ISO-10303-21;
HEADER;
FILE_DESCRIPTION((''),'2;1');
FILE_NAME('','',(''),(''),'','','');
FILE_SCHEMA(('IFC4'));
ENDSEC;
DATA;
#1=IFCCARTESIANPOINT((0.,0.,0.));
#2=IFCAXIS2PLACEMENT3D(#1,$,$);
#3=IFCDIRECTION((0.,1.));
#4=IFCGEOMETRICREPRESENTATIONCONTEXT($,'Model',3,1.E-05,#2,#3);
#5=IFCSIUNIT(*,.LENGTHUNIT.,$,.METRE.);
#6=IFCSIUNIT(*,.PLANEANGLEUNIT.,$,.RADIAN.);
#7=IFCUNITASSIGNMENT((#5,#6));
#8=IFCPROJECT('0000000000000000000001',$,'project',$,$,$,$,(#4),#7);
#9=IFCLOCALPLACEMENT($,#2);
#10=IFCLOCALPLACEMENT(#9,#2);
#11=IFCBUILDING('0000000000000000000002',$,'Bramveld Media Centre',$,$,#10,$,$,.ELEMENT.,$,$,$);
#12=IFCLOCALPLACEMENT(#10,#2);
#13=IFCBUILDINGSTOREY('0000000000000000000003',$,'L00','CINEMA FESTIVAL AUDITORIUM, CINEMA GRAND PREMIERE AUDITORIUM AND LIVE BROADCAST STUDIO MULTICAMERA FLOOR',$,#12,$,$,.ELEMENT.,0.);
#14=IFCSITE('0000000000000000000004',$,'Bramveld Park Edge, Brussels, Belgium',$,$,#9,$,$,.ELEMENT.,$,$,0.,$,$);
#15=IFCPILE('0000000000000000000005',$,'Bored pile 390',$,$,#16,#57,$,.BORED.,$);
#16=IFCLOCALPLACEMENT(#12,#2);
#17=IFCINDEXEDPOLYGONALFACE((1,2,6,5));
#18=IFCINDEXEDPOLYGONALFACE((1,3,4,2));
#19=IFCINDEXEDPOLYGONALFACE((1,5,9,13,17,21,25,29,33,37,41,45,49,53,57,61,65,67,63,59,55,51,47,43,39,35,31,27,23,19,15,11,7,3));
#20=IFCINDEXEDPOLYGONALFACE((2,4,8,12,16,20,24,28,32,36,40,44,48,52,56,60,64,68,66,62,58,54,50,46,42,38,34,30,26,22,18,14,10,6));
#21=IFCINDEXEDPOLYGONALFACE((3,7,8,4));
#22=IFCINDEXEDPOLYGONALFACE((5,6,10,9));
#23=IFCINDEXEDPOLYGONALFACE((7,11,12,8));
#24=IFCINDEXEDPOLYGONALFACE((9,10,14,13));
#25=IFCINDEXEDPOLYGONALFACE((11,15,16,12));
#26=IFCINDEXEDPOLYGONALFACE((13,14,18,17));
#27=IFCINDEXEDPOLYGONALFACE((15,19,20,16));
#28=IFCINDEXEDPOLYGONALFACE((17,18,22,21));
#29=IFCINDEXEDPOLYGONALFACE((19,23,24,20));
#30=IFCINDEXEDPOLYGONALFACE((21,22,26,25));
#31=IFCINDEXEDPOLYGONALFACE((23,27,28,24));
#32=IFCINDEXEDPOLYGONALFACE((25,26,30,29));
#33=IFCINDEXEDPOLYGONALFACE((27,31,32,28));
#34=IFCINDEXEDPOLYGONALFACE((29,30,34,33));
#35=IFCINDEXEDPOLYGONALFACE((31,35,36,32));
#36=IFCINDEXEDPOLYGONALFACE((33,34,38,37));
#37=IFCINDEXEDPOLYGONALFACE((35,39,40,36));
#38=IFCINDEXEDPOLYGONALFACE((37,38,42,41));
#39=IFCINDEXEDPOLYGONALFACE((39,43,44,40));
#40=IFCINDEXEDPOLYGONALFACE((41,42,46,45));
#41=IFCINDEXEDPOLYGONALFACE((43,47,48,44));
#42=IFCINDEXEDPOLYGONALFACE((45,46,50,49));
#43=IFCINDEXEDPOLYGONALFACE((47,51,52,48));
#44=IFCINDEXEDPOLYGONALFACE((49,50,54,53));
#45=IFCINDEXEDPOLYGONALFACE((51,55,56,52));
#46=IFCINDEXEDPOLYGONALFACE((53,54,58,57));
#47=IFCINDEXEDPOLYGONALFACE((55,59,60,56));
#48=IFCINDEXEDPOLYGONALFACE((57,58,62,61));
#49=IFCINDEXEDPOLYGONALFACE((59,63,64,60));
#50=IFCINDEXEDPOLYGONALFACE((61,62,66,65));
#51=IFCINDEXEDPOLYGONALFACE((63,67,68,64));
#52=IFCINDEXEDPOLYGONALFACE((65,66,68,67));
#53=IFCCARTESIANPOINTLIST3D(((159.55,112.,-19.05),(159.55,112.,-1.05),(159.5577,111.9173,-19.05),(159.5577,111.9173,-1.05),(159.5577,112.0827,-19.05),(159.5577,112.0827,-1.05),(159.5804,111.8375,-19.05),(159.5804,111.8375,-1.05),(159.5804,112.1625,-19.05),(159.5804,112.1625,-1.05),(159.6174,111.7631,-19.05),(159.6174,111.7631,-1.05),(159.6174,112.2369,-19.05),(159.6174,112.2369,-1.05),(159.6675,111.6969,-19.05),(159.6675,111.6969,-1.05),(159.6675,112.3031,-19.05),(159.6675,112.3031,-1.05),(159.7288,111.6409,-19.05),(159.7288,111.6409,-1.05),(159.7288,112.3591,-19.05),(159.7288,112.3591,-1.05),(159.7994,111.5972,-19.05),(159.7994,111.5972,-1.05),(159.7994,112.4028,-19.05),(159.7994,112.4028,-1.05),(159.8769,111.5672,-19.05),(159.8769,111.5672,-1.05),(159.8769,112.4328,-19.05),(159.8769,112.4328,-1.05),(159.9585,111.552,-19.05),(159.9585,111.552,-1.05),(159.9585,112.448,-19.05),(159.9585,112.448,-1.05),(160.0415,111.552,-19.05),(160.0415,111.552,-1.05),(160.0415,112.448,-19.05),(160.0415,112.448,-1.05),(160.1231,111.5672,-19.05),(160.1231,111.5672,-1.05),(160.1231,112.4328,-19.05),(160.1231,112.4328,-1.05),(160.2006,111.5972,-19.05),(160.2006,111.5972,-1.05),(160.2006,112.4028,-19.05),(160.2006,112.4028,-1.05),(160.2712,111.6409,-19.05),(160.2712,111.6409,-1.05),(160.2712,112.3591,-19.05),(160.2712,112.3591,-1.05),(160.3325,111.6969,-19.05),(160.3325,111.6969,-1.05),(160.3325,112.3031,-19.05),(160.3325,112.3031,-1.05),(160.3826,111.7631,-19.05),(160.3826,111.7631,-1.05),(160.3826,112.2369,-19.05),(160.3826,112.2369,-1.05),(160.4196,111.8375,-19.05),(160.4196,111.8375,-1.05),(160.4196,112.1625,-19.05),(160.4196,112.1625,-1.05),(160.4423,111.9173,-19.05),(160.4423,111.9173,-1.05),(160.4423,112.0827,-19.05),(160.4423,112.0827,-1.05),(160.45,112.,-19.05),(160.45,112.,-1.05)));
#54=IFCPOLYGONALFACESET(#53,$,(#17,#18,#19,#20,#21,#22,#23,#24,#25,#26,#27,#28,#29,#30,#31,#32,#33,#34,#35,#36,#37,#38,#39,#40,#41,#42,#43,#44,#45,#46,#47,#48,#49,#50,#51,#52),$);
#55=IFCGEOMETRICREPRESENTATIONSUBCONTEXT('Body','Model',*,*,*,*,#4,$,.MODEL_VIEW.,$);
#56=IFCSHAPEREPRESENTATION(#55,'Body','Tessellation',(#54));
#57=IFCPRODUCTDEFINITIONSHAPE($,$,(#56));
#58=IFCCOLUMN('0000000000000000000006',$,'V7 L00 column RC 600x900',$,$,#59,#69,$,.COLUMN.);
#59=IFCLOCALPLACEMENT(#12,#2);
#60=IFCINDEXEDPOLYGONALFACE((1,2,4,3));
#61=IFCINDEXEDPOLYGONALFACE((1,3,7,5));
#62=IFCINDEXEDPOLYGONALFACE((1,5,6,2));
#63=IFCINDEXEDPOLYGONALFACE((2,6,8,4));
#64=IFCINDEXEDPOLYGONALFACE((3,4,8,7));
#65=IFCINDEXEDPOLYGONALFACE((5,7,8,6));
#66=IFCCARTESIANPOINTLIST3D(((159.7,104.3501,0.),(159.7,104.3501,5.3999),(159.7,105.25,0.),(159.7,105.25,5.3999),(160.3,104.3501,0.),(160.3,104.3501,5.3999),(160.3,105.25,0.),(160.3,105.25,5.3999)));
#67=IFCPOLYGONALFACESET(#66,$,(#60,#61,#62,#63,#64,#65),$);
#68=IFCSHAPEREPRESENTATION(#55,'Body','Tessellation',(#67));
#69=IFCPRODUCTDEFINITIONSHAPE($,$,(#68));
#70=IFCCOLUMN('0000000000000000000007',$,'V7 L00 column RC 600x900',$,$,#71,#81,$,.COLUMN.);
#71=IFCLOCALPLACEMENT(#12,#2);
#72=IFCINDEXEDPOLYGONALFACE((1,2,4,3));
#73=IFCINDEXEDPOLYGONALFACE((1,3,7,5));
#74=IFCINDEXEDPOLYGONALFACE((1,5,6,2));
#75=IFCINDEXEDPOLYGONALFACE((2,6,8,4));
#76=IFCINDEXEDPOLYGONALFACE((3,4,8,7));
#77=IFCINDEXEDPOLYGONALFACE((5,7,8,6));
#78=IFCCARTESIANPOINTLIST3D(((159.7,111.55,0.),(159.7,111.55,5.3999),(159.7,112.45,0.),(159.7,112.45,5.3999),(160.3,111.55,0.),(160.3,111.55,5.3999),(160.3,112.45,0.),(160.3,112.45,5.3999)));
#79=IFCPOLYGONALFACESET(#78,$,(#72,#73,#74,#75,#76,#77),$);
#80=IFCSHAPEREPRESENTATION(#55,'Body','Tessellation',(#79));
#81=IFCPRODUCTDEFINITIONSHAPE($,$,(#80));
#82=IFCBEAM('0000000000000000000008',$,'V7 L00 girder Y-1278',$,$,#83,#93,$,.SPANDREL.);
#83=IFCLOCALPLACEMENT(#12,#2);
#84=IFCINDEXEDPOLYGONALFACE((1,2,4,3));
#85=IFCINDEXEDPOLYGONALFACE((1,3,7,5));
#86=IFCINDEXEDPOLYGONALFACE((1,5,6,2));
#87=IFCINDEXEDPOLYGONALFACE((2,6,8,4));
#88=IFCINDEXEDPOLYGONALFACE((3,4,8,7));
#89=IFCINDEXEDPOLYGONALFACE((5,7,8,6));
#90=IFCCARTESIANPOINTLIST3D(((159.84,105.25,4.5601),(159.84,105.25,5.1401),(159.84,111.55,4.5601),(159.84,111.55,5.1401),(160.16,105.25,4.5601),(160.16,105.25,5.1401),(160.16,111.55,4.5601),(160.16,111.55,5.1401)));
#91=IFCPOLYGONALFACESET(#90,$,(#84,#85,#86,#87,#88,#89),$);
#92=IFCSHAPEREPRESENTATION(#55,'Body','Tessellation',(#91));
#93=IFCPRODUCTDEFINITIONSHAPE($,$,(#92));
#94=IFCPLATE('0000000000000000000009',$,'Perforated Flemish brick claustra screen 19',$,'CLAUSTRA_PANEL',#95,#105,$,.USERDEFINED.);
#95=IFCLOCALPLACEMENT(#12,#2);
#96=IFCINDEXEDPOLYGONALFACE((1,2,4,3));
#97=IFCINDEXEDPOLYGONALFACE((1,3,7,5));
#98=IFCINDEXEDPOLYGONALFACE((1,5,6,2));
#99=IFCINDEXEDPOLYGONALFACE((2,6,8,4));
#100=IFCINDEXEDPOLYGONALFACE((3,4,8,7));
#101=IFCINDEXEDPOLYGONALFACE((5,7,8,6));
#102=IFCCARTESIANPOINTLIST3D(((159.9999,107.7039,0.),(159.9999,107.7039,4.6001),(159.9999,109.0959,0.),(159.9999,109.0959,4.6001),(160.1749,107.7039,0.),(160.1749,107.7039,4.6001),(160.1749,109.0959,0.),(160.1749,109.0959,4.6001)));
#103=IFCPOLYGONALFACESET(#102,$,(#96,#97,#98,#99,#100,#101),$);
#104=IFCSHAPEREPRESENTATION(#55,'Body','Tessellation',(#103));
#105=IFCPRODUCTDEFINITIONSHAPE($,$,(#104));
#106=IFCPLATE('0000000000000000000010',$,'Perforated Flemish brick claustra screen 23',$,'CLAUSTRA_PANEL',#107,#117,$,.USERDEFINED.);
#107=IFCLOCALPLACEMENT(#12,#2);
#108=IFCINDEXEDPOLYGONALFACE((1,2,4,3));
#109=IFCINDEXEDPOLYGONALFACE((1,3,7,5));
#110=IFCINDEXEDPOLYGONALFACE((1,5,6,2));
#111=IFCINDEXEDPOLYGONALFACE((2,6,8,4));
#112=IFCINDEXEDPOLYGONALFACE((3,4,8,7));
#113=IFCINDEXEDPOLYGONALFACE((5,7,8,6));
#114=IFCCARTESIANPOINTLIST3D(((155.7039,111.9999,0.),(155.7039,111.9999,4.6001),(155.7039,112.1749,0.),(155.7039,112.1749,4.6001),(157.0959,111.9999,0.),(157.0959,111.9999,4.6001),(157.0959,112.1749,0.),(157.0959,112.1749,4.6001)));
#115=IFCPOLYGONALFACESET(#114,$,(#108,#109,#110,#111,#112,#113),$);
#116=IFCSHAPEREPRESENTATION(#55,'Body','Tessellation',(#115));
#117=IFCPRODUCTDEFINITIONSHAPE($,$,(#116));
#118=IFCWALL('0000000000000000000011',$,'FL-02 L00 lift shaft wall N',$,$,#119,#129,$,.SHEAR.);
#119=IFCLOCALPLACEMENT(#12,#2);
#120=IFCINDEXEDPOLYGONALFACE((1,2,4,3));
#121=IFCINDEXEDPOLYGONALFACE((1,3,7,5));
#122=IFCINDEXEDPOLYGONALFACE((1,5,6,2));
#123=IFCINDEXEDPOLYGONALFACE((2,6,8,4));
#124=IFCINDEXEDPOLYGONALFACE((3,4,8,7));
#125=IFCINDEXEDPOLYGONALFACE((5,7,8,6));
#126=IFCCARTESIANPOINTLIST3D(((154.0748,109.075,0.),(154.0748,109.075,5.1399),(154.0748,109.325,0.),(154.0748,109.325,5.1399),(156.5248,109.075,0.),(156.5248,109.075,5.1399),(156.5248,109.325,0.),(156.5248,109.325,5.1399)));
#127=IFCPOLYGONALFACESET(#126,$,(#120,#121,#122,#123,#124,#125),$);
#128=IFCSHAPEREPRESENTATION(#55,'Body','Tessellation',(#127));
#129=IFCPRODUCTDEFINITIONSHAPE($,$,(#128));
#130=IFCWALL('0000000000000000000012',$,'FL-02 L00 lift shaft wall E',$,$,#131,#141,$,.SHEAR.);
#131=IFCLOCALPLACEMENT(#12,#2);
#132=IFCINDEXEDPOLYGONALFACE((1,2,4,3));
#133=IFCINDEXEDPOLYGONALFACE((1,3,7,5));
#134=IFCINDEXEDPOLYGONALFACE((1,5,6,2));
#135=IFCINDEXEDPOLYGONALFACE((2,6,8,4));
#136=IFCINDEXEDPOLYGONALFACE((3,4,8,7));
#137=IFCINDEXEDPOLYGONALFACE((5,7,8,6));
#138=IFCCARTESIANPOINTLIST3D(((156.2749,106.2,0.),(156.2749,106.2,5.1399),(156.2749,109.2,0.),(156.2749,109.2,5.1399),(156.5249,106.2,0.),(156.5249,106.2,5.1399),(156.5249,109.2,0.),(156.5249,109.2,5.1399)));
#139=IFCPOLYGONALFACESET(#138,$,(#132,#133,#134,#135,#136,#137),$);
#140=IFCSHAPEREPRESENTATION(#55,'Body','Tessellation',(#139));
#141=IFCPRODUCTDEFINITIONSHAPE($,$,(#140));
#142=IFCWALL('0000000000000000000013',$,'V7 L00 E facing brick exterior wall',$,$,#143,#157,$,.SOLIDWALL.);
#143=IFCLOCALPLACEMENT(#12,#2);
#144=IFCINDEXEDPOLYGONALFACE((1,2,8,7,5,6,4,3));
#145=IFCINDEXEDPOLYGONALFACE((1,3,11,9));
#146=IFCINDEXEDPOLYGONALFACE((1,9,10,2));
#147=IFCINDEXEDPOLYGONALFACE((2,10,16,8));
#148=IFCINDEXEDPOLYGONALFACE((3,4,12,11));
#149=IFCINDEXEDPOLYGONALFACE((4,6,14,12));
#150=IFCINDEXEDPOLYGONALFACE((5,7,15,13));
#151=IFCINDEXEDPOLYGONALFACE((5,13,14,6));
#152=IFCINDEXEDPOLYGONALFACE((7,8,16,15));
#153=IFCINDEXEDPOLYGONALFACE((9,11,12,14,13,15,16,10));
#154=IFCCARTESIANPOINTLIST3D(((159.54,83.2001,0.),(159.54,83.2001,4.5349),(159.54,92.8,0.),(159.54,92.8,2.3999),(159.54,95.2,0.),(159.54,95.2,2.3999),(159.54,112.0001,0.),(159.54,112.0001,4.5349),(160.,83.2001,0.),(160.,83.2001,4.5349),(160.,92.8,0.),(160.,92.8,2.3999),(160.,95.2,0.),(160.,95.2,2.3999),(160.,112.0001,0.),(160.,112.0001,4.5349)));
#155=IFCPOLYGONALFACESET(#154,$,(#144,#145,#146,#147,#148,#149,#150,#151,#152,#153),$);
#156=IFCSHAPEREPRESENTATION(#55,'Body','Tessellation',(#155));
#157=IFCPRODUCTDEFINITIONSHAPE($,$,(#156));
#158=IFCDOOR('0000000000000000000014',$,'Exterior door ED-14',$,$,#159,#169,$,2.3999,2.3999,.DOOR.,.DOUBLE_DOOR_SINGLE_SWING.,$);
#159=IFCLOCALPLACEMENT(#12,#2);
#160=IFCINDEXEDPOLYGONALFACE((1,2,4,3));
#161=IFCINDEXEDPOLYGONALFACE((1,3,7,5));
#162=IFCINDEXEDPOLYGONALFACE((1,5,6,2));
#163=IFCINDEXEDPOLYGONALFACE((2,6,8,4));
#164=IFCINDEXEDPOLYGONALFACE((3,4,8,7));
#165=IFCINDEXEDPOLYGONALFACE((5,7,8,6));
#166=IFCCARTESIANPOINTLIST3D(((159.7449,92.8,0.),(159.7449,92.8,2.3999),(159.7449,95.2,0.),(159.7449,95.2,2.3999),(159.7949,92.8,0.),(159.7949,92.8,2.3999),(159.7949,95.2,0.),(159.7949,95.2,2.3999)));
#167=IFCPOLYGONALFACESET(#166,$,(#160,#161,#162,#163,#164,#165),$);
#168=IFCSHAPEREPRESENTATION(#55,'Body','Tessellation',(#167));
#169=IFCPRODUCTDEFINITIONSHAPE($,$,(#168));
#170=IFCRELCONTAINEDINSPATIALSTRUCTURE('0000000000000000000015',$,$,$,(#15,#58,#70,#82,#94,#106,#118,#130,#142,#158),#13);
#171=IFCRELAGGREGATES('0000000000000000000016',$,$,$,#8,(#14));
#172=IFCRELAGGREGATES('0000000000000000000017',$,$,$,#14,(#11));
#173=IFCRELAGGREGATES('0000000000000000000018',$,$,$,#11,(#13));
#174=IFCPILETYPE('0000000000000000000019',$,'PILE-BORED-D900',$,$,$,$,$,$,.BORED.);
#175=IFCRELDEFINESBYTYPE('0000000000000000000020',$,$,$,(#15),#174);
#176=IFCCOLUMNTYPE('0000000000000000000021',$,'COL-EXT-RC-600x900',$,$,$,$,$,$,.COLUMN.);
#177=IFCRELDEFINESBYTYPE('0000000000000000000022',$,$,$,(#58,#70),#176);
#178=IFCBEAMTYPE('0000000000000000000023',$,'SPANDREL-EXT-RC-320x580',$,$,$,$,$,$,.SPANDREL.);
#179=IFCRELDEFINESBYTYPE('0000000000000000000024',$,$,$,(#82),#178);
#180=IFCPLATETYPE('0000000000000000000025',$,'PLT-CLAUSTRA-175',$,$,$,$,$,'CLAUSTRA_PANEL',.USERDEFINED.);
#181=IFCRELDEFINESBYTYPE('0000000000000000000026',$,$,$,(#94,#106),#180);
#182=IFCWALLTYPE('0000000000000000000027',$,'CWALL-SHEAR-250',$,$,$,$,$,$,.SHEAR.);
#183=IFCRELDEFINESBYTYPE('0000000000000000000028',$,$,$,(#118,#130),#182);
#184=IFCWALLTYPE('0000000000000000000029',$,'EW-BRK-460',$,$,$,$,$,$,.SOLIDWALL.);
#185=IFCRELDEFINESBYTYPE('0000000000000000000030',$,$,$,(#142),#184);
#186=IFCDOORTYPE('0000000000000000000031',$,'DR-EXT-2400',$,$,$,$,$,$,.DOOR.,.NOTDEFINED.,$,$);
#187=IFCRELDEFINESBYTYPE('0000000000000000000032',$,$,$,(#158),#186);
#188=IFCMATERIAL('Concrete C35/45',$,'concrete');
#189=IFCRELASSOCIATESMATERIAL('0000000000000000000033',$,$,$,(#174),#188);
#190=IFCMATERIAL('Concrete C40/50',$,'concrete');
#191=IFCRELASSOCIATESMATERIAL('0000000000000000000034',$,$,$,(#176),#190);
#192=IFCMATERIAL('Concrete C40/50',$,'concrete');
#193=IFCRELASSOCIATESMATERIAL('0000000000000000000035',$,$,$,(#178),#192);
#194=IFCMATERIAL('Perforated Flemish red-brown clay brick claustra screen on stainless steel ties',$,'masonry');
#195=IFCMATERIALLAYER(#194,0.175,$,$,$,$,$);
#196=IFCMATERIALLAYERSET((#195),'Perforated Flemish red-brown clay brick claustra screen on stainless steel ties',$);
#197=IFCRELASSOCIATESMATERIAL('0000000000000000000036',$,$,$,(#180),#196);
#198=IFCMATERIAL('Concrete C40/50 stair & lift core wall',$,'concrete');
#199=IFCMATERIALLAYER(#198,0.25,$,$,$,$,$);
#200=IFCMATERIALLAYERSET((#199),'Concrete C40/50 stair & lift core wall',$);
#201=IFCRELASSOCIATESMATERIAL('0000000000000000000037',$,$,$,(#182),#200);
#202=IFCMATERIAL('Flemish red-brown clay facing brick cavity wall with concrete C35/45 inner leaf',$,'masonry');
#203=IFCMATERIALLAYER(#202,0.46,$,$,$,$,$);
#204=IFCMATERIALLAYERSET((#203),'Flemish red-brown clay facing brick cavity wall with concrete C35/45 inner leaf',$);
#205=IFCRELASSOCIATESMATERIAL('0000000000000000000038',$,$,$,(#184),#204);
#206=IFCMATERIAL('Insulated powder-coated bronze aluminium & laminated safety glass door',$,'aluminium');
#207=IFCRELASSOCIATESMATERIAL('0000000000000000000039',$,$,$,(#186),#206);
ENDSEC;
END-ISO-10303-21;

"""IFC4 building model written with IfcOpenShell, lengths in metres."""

from ifc_helpers import new_model, si_unit, direction, frame, frame_2d, origin, origin_2d, place, context, subcontext, project, spatial, rectangle, circle, extrude, material, layer, layer_set, material_profile, profile_set, type_object, element, fill, save


model = new_model("IFC4")

# Units and contexts
model_context = context("Model", 3, precision=1e-05, world=origin(), true_north=direction((0.0, 1.0)))
body_context = subcontext(model_context, "Body", "Model", "MODEL_VIEW")
ifc_project = project(units=[si_unit("LENGTHUNIT", "METRE"), si_unit("PLANEANGLEUNIT", "RADIAN")], contexts=[model_context])

# Site, building, storey
site_placement = place(None, origin())
site = spatial("IfcSite", under=ifc_project, at=site_placement, Name="Bramveld Park Edge, Brussels, Belgium", CompositionType="ELEMENT", RefElevation=0.0)
building_placement = place(site_placement, origin())
building = spatial("IfcBuilding", under=site, at=building_placement, Name="Bramveld Media Centre", CompositionType="ELEMENT")
storey_placement = place(building_placement, origin())
storey = spatial("IfcBuildingStorey", under=building, at=storey_placement, Name="L00", Description="CINEMA FESTIVAL AUDITORIUM, CINEMA GRAND PREMIERE AUDITORIUM AND LIVE BROADCAST STUDIO MULTICAMERA FLOOR", CompositionType="ELEMENT", Elevation=0.0)

# Pile
ifc_material_1 = material(Name="Concrete C35/45", Category="concrete")
ifc_material_profile_1 = material_profile(ifc_material_1, circle(Radius=0.45, at=origin_2d()), Name="BORED D900")
ifc_profile_set_1 = profile_set([ifc_material_profile_1], Name="Concrete C35/45")
pile_type_1 = type_object("IfcPileType", Name="PILE-BORED-D900", PredefinedType="BORED", material=ifc_profile_set_1)
for number, where, z_axis, x_axis, name in (
    (1, (160.0, 112.0, -1.05), (0.0, 0.0, -1.0), (1.0, 0.0, 0.0), "Bored pile 390"),
):
    element("IfcPile", number, at=place(storey_placement, frame(where, z_axis=z_axis, x_axis=x_axis)), inside=storey, type_object=pile_type_1, Name=name, PredefinedType="BORED", context=body_context, shape_type="SweptSolid", body=[
        extrude(circle(Radius=0.45, at=origin_2d()), origin(), (0.0, 0.0, 1.0), 18.0),
    ])

# Columns
ifc_material_2 = material(Name="Concrete C40/50", Category="concrete")
ifc_material_profile_2 = material_profile(ifc_material_2, rectangle(XDim=0.6001, YDim=0.8999, at=origin_2d()), Name="RC 600x900")
ifc_profile_set_2 = profile_set([ifc_material_profile_2], Name="Concrete C40/50")
column_type = type_object("IfcColumnType", Name="COL-EXT-RC-600x900", PredefinedType="COLUMN", material=ifc_profile_set_2)
for number, where, z_axis, x_axis, name in (
    (2, (160.0, 104.8, 0.0), (0.0, 0.0, 1.0), (1.0, 0.0, 0.0), "V7 L00 column RC 600x900"),
    (3, (160.0, 112.0, 0.0), (0.0, 0.0, 1.0), (1.0, 0.0, 0.0), "V7 L00 column RC 600x900"),
):
    element("IfcColumn", number, at=place(storey_placement, frame(where, z_axis=z_axis, x_axis=x_axis)), inside=storey, type_object=column_type, Name=name, PredefinedType="COLUMN", context=body_context, shape_type="SweptSolid", body=[
        extrude(rectangle(XDim=0.6001, YDim=0.8999, at=origin_2d()), origin(), (0.0, 0.0, 1.0), 5.3999),
    ])

# Beam
ifc_material_3 = material(Name="Concrete C40/50", Category="concrete")
ifc_material_profile_3 = material_profile(ifc_material_3, rectangle(XDim=0.3201, YDim=0.5801, at=origin_2d()), Name="RC 320x580")
ifc_profile_set_3 = profile_set([ifc_material_profile_3], Name="Concrete C40/50")
beam_type = type_object("IfcBeamType", Name="SPANDREL-EXT-RC-320x580", PredefinedType="SPANDREL", material=ifc_profile_set_3)
beam_placement = place(storey_placement, frame((160.0, 105.25, 4.8501), z_axis=(0.0, 1.0, 0.0), x_axis=(-1.0, 0.0, 0.0)))
element("IfcBeam", 4, at=beam_placement, inside=storey, type_object=beam_type, Name="V7 L00 girder Y-1278", PredefinedType="SPANDREL", context=body_context, shape_type="SweptSolid", body=[
    extrude(rectangle(XDim=0.3201, YDim=0.5801, at=origin_2d()), origin(), (0.0, 0.0, 1.0), 6.3),
])

# Plates
ifc_material_4 = material(Name="Perforated Flemish red-brown clay brick claustra screen on stainless steel ties", Category="masonry")
ifc_layer_1 = layer(ifc_material_4, 0.175)
ifc_layer_set_1 = layer_set([ifc_layer_1], Name="Perforated Flemish red-brown clay brick claustra screen on stainless steel ties")
plate_type = type_object("IfcPlateType", Name="PLT-CLAUSTRA-175", ElementType="CLAUSTRA_PANEL", PredefinedType="USERDEFINED", material=ifc_layer_set_1)
for number, where, z_axis, x_axis, name in (
    (5, (160.0874, 108.3999, 0.0), (0.0, 0.0, 1.0), (0.0, 1.0, 0.0), "Perforated Flemish brick claustra screen 19"),
    (6, (156.3999, 112.0874, 0.0), (0.0, 0.0, 1.0), (1.0, 0.0, 0.0), "Perforated Flemish brick claustra screen 23"),
):
    element("IfcPlate", number, at=place(storey_placement, frame(where, z_axis=z_axis, x_axis=x_axis)), inside=storey, type_object=plate_type, Name=name, ObjectType="CLAUSTRA_PANEL", PredefinedType="USERDEFINED", context=body_context, shape_type="SweptSolid", body=[
        extrude(rectangle(XDim=1.3921, YDim=0.175, at=origin_2d()), origin(), (0.0, 0.0, 1.0), 4.6001),
    ])

# Walls
ifc_material_5 = material(Name="Concrete C40/50 stair & lift core wall", Category="concrete")
ifc_layer_2 = layer(ifc_material_5, 0.25)
ifc_layer_set_2 = layer_set([ifc_layer_2], Name="Concrete C40/50 stair & lift core wall")
wall_type_1 = type_object("IfcWallType", Name="CWALL-SHEAR-250", PredefinedType="SHEAR", material=ifc_layer_set_2)
wall_1_placement = place(storey_placement, frame((156.5249, 109.2, 0.0), z_axis=(0.0, 0.0, 1.0), x_axis=(-1.0, 0.0, 0.0)))
element("IfcWall", 7, at=wall_1_placement, inside=storey, type_object=wall_type_1, Name="FL-02 L00 lift shaft wall N", PredefinedType="SHEAR", context=body_context, shape_type="SweptSolid", body=[
    extrude(rectangle(XDim=2.45, YDim=0.25, at=frame_2d((1.2251, 0.0))), origin(), (0.0, 0.0, 1.0), 5.1399),
])
wall_2_placement = place(storey_placement, frame((156.3999, 106.2, 0.0), z_axis=(0.0, 0.0, 1.0), x_axis=(0.0, 1.0, 0.0)))
element("IfcWall", 8, at=wall_2_placement, inside=storey, type_object=wall_type_1, Name="FL-02 L00 lift shaft wall E", PredefinedType="SHEAR", context=body_context, shape_type="SweptSolid", body=[
    extrude(rectangle(XDim=3.0, YDim=0.25, at=frame_2d((1.5, 0.0))), origin(), (0.0, 0.0, 1.0), 5.1399),
])

# Wall, opening, door
ifc_material_6 = material(Name="Flemish red-brown clay facing brick cavity wall with concrete C35/45 inner leaf", Category="masonry")
ifc_layer_3 = layer(ifc_material_6, 0.46)
ifc_layer_set_3 = layer_set([ifc_layer_3], Name="Flemish red-brown clay facing brick cavity wall with concrete C35/45 inner leaf")
wall_type_2 = type_object("IfcWallType", Name="EW-BRK-460", PredefinedType="SOLIDWALL", material=ifc_layer_set_3)
wall_3_placement = place(storey_placement, frame((159.77, 112.0, 0.0), z_axis=(0.0, 0.0, 1.0), x_axis=(0.0, -1.0, 0.0)))
wall_3 = element("IfcWall", 9, at=wall_3_placement, inside=storey, type_object=wall_type_2, Name="V7 L00 E facing brick exterior wall", PredefinedType="SOLIDWALL", context=body_context, shape_type="SweptSolid", body=[
    extrude(rectangle(XDim=28.8, YDim=0.46, at=frame_2d((14.3999, 0.0))), origin(), (0.0, 0.0, 1.0), 4.5349),
])
opening_placement = place(wall_3_placement, frame((16.8, 0.0, 0.0)))
opening = element("IfcOpeningElement", 10, at=opening_placement, cuts=wall_3, PredefinedType="OPENING", context=body_context, shape_type="SweptSolid", body=[
    extrude(rectangle(XDim=2.3999, YDim=2.3999, at=frame_2d((1.2, 1.2))), frame((0.0, 0.2419, 0.0), z_axis=(0.0, -1.0, 0.0), x_axis=(1.0, 0.0, 0.0)), (0.0, 0.0, 1.0), 0.4839),
])
ifc_material_7 = material(Name="Insulated powder-coated bronze aluminium & laminated safety glass door", Category="aluminium")
door_type = type_object("IfcDoorType", Name="DR-EXT-2400", OperationType="NOTDEFINED", PredefinedType="DOOR", material=ifc_material_7)
door_placement = place(opening_placement, origin())
door = element("IfcDoor", 11, at=door_placement, inside=storey, type_object=door_type, Name="Exterior door ED-14", OperationType="DOUBLE_DOOR_SINGLE_SWING", OverallHeight=2.3999, OverallWidth=2.3999, PredefinedType="DOOR", context=body_context, shape_type="SweptSolid", body=[
    extrude(rectangle(XDim=2.3999, YDim=2.3999, at=frame_2d((1.2, 1.2))), frame((0.0, 0.0249, 0.0), z_axis=(0.0, -1.0, 0.0), x_axis=(1.0, 0.0, 0.0)), (0.0, 0.0, 1.0), 0.05),
])
fill(opening, door)

save(model, "model.ifc")
